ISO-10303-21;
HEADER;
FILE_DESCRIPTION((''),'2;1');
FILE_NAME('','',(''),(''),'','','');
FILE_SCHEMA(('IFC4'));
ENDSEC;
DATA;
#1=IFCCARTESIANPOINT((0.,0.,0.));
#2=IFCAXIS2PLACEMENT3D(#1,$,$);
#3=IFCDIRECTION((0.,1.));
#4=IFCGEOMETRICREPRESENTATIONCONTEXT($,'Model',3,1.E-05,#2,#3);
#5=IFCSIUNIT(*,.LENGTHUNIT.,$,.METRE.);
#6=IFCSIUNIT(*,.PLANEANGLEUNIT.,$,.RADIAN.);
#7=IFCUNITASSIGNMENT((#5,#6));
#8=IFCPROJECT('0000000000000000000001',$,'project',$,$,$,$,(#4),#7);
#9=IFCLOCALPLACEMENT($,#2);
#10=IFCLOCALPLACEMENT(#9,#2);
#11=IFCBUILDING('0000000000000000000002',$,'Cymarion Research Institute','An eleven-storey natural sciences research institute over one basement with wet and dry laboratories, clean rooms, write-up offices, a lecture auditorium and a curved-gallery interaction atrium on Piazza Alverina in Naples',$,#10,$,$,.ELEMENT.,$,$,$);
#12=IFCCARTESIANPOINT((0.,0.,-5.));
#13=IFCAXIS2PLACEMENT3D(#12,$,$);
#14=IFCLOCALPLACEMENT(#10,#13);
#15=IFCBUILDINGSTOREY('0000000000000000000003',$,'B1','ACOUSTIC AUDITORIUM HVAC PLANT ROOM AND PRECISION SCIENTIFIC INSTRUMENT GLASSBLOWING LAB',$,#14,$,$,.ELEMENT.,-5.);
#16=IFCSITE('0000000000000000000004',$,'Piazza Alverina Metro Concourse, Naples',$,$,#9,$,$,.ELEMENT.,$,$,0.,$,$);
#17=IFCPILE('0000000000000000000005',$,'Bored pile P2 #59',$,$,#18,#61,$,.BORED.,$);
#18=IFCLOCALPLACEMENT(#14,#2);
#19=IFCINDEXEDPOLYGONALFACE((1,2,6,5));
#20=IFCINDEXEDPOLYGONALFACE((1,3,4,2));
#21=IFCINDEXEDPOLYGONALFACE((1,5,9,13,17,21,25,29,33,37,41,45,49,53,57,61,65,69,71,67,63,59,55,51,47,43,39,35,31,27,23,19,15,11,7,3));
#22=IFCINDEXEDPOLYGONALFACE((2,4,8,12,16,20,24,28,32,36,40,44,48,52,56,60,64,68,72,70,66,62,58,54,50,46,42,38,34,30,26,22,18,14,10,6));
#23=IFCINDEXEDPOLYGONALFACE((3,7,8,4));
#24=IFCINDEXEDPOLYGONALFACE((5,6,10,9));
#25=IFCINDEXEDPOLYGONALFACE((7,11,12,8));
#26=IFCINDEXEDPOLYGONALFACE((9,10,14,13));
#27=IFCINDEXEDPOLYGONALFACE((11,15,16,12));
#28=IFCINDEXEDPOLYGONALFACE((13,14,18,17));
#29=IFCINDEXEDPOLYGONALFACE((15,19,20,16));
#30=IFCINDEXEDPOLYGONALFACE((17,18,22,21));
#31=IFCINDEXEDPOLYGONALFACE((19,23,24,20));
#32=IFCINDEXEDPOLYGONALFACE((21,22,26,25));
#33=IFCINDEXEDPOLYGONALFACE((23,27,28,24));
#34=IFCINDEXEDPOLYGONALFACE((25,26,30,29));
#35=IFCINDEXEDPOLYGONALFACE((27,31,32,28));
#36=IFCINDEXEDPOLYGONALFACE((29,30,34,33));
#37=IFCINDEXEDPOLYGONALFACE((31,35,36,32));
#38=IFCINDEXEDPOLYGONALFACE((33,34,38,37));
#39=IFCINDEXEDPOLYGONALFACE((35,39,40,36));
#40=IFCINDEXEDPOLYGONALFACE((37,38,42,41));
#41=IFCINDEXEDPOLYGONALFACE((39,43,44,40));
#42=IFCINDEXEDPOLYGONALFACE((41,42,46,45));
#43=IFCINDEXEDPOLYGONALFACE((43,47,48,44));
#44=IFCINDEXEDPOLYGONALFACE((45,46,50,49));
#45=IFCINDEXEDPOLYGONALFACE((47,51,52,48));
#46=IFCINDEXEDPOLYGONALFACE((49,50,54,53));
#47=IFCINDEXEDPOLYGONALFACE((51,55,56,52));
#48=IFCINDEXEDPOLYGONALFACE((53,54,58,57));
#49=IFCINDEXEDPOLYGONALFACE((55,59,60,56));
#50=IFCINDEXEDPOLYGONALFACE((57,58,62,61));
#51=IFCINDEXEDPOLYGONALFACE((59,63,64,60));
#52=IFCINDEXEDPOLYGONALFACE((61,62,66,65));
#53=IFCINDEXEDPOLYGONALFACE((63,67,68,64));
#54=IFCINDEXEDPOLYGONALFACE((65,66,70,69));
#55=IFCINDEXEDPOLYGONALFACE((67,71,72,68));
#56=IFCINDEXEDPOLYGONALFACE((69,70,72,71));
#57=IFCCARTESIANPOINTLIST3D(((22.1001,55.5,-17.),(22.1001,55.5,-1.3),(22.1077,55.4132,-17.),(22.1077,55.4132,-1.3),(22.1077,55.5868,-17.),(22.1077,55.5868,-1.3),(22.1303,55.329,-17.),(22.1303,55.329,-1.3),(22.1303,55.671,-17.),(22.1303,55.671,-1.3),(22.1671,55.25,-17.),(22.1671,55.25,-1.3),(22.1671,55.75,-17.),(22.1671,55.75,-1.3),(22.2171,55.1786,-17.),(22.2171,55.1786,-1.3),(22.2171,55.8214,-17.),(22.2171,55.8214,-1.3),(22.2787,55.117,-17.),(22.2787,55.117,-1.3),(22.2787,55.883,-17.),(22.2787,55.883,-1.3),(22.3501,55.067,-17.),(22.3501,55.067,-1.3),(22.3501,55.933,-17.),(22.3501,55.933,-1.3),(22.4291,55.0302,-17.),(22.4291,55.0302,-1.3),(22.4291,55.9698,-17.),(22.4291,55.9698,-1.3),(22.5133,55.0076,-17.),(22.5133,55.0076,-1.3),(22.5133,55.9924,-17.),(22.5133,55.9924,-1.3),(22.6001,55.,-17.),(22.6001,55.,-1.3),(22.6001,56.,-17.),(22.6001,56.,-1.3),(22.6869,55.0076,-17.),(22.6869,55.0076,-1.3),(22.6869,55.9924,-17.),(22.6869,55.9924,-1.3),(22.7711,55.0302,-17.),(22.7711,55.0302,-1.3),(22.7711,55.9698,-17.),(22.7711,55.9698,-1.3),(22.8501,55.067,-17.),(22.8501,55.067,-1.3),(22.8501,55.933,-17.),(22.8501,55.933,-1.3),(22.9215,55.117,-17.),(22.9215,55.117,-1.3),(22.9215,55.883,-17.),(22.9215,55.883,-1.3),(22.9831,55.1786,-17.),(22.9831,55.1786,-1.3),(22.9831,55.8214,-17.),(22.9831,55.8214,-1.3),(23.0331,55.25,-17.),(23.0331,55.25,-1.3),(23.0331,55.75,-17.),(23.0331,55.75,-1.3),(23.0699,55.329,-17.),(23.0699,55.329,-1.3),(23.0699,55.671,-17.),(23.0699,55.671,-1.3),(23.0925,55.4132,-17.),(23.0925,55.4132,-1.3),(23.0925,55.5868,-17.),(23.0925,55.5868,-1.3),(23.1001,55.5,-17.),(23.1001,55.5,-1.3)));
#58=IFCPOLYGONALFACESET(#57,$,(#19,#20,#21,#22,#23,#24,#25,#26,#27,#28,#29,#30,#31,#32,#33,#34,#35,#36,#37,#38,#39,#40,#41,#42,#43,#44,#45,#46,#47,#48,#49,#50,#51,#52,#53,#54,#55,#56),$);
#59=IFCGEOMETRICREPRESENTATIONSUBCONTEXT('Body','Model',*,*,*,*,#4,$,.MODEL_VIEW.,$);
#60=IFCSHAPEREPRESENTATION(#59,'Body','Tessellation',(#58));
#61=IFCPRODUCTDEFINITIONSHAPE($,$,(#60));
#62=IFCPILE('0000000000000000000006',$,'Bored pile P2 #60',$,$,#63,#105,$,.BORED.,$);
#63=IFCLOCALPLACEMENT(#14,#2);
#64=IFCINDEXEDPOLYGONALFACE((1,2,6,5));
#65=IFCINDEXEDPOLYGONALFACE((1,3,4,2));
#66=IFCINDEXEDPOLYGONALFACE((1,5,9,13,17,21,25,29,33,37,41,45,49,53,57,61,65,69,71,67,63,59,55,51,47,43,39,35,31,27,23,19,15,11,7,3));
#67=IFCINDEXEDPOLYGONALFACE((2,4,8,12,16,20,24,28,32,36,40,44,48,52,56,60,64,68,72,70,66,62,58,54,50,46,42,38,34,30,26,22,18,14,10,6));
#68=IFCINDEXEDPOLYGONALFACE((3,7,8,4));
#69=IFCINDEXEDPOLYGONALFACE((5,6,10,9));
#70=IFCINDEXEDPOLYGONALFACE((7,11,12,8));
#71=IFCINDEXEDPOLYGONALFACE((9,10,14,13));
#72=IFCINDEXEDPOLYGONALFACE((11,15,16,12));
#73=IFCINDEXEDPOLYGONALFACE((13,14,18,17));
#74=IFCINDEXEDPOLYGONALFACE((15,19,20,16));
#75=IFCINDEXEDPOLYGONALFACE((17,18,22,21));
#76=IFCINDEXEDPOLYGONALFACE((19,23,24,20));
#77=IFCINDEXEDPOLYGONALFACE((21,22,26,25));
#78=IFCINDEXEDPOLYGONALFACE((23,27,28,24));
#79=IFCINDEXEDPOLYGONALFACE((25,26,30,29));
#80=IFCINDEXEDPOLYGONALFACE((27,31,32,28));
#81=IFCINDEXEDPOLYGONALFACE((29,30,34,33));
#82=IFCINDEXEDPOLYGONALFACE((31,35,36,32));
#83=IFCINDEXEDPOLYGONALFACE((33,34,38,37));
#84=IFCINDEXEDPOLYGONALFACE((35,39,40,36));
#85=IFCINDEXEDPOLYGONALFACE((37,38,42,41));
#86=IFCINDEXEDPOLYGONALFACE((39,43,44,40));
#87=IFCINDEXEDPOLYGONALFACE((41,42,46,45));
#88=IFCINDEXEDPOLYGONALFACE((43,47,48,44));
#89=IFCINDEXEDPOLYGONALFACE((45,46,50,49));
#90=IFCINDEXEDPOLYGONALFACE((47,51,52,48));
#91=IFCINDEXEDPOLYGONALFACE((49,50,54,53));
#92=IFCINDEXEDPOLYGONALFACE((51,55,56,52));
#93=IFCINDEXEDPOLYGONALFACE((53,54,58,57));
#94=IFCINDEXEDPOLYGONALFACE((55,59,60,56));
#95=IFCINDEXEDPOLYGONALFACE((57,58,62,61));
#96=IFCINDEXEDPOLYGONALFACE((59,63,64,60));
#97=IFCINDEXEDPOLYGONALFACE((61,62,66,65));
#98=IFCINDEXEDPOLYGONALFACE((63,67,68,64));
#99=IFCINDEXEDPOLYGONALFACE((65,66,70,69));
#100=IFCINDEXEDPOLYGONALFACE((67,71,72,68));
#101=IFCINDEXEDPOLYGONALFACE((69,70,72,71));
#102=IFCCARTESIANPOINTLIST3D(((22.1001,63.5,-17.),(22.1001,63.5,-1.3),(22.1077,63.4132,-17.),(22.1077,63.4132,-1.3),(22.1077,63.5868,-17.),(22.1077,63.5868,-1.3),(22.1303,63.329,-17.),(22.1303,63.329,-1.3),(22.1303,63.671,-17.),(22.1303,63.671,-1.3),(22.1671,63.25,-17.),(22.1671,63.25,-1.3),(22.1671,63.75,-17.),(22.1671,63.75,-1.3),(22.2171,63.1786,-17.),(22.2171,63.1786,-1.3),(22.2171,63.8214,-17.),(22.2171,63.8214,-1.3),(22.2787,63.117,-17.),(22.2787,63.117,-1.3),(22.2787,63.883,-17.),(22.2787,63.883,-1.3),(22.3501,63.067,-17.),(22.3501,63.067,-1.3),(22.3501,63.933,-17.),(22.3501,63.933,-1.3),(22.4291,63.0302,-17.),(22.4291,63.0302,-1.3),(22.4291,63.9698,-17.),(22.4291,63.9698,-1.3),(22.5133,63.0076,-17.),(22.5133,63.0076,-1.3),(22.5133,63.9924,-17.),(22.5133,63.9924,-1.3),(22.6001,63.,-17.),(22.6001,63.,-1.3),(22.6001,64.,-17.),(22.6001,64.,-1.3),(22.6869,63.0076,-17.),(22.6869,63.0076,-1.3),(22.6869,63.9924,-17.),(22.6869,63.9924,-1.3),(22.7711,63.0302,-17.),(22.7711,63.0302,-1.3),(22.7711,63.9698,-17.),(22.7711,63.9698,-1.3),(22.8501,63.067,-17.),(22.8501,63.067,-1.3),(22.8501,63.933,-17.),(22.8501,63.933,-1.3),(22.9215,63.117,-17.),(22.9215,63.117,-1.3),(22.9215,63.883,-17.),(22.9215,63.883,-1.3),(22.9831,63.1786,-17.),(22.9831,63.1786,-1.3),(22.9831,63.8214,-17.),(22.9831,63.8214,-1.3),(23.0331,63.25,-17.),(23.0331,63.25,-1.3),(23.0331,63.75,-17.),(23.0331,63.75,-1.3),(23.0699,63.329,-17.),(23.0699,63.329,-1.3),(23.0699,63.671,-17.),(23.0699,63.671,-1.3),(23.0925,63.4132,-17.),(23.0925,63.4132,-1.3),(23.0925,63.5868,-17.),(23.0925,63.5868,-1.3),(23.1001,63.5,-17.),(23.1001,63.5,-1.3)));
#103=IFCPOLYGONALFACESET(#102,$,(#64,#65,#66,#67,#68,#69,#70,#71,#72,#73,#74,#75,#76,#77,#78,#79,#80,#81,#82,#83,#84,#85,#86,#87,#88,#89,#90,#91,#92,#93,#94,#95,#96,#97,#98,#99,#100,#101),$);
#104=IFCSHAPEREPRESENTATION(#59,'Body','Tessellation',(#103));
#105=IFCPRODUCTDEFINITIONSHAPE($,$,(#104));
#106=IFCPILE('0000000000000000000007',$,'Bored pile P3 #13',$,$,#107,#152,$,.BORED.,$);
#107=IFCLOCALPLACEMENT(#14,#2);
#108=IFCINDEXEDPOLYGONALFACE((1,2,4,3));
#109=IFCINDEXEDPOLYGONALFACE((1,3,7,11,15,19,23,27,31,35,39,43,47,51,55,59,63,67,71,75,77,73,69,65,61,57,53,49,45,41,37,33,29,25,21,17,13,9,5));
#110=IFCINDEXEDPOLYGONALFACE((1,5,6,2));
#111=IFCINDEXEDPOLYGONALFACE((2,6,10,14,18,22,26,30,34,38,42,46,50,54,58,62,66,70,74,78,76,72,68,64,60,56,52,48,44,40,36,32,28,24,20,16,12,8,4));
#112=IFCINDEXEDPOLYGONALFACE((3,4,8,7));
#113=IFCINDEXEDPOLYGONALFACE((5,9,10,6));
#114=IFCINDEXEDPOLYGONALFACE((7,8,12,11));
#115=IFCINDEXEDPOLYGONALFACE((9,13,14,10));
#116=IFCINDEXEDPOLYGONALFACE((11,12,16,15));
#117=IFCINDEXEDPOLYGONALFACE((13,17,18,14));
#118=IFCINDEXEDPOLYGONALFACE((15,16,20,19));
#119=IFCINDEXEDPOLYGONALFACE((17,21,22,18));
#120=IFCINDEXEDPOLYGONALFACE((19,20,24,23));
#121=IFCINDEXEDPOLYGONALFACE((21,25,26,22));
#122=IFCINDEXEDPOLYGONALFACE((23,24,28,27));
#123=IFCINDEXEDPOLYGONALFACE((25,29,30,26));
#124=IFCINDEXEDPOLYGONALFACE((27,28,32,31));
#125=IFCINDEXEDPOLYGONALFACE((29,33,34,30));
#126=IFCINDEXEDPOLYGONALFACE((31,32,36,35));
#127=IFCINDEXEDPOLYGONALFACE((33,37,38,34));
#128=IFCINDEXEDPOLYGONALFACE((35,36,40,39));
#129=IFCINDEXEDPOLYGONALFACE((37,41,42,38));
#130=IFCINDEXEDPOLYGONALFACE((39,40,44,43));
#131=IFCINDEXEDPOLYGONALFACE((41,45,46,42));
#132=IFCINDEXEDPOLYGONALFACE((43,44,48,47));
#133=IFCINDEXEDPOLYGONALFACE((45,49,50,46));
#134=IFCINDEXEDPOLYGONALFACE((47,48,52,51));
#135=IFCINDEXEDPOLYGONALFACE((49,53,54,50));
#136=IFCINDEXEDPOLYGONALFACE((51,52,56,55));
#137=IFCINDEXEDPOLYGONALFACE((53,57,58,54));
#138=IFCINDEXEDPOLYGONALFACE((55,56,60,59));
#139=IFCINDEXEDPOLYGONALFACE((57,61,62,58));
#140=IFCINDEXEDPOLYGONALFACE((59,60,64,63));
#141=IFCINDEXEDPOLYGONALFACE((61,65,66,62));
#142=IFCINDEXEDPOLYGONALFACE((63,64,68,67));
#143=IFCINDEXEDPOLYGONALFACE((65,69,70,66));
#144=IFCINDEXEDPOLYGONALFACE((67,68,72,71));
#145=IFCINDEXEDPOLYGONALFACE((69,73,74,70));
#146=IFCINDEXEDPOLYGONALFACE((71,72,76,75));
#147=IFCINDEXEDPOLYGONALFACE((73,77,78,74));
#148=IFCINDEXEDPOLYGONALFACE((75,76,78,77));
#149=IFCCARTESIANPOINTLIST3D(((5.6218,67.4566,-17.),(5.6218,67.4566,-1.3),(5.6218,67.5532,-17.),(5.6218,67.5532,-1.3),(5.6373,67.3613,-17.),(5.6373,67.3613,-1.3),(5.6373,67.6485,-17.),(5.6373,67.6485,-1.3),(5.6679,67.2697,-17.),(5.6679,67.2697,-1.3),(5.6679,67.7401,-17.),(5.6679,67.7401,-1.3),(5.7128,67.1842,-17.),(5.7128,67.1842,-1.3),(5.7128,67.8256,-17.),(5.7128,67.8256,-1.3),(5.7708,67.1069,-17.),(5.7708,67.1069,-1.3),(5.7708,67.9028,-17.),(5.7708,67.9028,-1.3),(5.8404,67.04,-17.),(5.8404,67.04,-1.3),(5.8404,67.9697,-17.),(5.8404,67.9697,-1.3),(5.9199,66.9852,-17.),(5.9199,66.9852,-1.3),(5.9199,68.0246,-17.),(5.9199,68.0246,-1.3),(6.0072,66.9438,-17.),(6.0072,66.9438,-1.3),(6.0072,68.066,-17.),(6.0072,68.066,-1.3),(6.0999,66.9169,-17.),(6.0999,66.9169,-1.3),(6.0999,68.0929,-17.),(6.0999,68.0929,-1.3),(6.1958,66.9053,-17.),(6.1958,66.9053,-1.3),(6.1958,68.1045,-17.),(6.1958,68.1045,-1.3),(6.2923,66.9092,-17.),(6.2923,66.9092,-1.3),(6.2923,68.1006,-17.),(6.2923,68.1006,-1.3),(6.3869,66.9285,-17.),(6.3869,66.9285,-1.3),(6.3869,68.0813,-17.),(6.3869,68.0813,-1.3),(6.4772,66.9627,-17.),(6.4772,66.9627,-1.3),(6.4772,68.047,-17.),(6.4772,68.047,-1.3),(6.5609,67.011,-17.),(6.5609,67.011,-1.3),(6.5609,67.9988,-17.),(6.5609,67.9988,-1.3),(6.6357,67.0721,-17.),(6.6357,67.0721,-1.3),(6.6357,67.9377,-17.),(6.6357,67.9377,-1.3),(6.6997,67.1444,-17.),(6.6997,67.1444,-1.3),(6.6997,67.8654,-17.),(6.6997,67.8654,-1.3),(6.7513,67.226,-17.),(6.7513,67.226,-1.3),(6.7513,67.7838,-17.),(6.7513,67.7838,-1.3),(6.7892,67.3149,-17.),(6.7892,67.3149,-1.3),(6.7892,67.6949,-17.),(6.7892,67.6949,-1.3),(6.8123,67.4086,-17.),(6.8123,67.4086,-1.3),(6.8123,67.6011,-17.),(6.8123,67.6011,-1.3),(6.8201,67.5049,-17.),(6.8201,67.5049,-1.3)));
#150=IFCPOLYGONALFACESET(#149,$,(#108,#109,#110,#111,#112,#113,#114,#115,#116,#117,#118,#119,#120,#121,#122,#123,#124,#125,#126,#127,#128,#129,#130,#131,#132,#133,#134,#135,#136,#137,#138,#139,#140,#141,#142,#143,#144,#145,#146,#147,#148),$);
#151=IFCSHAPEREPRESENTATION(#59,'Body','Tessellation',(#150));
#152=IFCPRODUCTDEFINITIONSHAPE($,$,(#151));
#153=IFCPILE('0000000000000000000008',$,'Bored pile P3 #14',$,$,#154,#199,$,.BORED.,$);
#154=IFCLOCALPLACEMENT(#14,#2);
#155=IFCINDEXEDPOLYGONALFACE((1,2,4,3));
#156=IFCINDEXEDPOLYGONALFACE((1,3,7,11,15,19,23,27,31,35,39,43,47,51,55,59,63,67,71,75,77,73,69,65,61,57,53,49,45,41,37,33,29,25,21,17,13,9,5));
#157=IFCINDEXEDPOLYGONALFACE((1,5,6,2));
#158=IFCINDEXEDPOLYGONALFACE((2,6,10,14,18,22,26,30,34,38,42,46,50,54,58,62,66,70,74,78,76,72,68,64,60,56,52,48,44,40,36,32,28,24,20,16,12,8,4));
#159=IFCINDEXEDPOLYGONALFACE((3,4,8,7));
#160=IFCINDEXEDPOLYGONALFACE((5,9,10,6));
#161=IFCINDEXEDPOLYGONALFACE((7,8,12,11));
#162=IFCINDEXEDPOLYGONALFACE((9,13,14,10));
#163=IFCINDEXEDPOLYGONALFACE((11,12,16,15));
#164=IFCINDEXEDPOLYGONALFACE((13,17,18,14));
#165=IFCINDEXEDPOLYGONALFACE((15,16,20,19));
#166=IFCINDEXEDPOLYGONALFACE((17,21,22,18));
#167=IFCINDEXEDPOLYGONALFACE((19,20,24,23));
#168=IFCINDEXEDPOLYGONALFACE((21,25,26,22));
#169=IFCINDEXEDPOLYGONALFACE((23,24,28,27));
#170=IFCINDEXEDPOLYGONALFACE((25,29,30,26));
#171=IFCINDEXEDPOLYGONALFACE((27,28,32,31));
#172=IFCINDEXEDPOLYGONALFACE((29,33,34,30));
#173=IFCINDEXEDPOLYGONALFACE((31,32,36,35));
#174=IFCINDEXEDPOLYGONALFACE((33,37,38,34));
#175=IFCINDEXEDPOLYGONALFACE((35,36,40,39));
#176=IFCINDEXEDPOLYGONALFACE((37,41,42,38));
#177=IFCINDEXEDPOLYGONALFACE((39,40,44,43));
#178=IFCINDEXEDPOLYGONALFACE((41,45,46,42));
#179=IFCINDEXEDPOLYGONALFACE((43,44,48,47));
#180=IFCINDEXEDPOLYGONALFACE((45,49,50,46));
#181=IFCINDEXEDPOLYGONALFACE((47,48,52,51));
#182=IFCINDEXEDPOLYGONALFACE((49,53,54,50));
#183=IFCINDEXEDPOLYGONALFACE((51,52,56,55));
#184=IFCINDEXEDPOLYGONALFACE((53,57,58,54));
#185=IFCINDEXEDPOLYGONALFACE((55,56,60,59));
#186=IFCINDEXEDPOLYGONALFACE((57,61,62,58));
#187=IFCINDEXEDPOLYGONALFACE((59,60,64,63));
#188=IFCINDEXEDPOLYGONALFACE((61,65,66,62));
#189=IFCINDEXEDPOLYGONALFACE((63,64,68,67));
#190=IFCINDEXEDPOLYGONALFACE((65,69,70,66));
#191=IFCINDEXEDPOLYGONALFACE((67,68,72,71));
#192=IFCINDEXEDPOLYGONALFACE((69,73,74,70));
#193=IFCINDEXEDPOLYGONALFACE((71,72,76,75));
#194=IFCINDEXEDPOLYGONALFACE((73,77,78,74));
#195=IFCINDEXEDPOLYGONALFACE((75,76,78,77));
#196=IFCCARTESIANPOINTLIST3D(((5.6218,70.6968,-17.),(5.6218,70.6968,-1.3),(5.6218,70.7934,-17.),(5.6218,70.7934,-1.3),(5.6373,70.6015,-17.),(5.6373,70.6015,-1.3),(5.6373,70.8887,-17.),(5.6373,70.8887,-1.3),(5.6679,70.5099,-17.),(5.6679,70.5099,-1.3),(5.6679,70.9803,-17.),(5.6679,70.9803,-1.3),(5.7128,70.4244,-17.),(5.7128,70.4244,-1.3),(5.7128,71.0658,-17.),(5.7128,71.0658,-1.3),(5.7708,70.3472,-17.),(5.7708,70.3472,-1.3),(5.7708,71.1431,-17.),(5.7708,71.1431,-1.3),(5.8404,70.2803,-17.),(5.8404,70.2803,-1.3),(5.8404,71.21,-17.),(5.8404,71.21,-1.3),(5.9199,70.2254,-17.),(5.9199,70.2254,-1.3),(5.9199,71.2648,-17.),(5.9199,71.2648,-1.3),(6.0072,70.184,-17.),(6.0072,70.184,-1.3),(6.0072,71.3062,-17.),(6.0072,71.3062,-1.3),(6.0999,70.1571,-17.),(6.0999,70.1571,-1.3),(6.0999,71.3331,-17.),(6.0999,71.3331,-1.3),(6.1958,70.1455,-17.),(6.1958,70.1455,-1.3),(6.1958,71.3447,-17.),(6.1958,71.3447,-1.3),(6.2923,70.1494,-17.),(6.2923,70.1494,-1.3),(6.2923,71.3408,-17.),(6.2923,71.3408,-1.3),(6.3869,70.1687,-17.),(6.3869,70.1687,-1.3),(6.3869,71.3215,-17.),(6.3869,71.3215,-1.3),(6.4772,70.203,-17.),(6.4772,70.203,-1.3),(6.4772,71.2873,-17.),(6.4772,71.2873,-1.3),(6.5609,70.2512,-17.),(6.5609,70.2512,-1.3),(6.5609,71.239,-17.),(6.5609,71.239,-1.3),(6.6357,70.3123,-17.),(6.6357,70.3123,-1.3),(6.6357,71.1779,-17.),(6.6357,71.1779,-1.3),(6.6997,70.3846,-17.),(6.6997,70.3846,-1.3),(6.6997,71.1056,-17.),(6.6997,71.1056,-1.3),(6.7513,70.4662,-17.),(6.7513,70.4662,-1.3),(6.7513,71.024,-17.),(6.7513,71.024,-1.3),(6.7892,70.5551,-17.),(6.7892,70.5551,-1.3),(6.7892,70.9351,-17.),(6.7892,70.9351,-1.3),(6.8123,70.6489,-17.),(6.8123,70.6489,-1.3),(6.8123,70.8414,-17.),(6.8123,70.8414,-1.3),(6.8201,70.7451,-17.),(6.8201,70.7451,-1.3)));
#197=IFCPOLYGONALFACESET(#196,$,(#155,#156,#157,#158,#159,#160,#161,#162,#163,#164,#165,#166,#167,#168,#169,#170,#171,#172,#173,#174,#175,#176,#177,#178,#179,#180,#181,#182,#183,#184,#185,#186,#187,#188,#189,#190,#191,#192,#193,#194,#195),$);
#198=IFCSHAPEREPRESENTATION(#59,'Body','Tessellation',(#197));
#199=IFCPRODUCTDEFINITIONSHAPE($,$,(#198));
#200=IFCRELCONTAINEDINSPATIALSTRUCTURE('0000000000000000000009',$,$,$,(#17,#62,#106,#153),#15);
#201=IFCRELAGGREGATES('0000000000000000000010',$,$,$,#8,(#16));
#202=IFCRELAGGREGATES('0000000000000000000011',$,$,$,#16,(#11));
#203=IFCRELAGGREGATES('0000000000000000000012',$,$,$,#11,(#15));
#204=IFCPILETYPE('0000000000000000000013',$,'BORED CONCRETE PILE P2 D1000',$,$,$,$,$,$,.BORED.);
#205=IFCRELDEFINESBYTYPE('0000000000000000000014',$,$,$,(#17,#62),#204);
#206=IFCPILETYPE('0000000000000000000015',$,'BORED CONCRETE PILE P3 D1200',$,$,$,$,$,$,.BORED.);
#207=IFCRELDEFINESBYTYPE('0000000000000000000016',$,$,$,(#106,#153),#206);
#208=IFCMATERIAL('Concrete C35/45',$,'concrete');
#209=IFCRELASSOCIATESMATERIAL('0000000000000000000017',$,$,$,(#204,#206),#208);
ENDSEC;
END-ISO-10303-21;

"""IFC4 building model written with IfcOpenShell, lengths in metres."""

from ifc_helpers import new_model, si_unit, direction, frame, origin, origin_2d, place, context, subcontext, project, spatial, circle, extrude, material, material_profile, profile_set, type_object, element, save


model = new_model("IFC4")

# Units and contexts
model_context = context("Model", 3, precision=1e-05, world=origin(), true_north=direction((0.0, 1.0)))
body_context = subcontext(model_context, "Body", "Model", "MODEL_VIEW")
ifc_project = project(units=[si_unit("LENGTHUNIT", "METRE"), si_unit("PLANEANGLEUNIT", "RADIAN")], contexts=[model_context])

# Site, building, storey
site_placement = place(None, origin())
site = spatial("IfcSite", under=ifc_project, at=site_placement, Name="Piazza Alverina Metro Concourse, Naples", CompositionType="ELEMENT", RefElevation=0.0)
building_placement = place(site_placement, origin())
building = spatial("IfcBuilding", under=site, at=building_placement, Name="Cymarion Research Institute", Description="An eleven-storey natural sciences research institute over one basement with wet and dry laboratories, clean rooms, write-up offices, a lecture auditorium and a curved-gallery interaction atrium on Piazza Alverina in Naples", CompositionType="ELEMENT")
storey_placement = place(building_placement, frame((0.0, 0.0, -5.0)))
storey = spatial("IfcBuildingStorey", under=building, at=storey_placement, Name="B1", Description="ACOUSTIC AUDITORIUM HVAC PLANT ROOM AND PRECISION SCIENTIFIC INSTRUMENT GLASSBLOWING LAB", CompositionType="ELEMENT", Elevation=-5.0)

# Piles
ifc_material_1 = material(Name="Concrete C35/45", Category="concrete")
ifc_material_profile_1 = material_profile(ifc_material_1, circle(Radius=0.5, at=origin_2d()), Name="BORED PILE D1000")
ifc_profile_set_1 = profile_set([ifc_material_profile_1], Name="Concrete C35/45")
pile_type_1 = type_object("IfcPileType", Name="BORED CONCRETE PILE P2 D1000", PredefinedType="BORED", material=ifc_profile_set_1)
for number, where, z_axis, x_axis, name in (
    (1, (22.6001, 55.5, -1.3), (0.0, 0.0, -1.0), (1.0, 0.0, 0.0), "Bored pile P2 #59"),
    (2, (22.6001, 63.5, -1.3), (0.0, 0.0, -1.0), (1.0, 0.0, 0.0), "Bored pile P2 #60"),
):
    element("IfcPile", number, at=place(storey_placement, frame(where, z_axis=z_axis, x_axis=x_axis)), inside=storey, type_object=pile_type_1, Name=name, PredefinedType="BORED", context=body_context, shape_type="SweptSolid", body=[
        extrude(circle(Radius=0.5, at=origin_2d()), origin(), (0.0, 0.0, 1.0), 15.7),
    ])
ifc_material_profile_2 = material_profile(ifc_material_1, circle(Radius=0.6001, at=origin_2d()), Name="BORED PILE D1200")
ifc_profile_set_2 = profile_set([ifc_material_profile_2], Name="Concrete C35/45")
pile_type_2 = type_object("IfcPileType", Name="BORED CONCRETE PILE P3 D1200", PredefinedType="BORED", material=ifc_profile_set_2)
for number, where, z_axis, x_axis, name in (
    (3, (6.22, 67.5049, -1.3), (0.0, 0.0, -1.0), (1.0, 0.0, 0.0), "Bored pile P3 #13"),
    (4, (6.22, 70.7451, -1.3), (0.0, 0.0, -1.0), (1.0, 0.0, 0.0), "Bored pile P3 #14"),
):
    element("IfcPile", number, at=place(storey_placement, frame(where, z_axis=z_axis, x_axis=x_axis)), inside=storey, type_object=pile_type_2, Name=name, PredefinedType="BORED", context=body_context, shape_type="SweptSolid", body=[
        extrude(circle(Radius=0.6001, at=origin_2d()), origin(), (0.0, 0.0, 1.0), 15.7),
    ])

save(model, "model.ifc")
